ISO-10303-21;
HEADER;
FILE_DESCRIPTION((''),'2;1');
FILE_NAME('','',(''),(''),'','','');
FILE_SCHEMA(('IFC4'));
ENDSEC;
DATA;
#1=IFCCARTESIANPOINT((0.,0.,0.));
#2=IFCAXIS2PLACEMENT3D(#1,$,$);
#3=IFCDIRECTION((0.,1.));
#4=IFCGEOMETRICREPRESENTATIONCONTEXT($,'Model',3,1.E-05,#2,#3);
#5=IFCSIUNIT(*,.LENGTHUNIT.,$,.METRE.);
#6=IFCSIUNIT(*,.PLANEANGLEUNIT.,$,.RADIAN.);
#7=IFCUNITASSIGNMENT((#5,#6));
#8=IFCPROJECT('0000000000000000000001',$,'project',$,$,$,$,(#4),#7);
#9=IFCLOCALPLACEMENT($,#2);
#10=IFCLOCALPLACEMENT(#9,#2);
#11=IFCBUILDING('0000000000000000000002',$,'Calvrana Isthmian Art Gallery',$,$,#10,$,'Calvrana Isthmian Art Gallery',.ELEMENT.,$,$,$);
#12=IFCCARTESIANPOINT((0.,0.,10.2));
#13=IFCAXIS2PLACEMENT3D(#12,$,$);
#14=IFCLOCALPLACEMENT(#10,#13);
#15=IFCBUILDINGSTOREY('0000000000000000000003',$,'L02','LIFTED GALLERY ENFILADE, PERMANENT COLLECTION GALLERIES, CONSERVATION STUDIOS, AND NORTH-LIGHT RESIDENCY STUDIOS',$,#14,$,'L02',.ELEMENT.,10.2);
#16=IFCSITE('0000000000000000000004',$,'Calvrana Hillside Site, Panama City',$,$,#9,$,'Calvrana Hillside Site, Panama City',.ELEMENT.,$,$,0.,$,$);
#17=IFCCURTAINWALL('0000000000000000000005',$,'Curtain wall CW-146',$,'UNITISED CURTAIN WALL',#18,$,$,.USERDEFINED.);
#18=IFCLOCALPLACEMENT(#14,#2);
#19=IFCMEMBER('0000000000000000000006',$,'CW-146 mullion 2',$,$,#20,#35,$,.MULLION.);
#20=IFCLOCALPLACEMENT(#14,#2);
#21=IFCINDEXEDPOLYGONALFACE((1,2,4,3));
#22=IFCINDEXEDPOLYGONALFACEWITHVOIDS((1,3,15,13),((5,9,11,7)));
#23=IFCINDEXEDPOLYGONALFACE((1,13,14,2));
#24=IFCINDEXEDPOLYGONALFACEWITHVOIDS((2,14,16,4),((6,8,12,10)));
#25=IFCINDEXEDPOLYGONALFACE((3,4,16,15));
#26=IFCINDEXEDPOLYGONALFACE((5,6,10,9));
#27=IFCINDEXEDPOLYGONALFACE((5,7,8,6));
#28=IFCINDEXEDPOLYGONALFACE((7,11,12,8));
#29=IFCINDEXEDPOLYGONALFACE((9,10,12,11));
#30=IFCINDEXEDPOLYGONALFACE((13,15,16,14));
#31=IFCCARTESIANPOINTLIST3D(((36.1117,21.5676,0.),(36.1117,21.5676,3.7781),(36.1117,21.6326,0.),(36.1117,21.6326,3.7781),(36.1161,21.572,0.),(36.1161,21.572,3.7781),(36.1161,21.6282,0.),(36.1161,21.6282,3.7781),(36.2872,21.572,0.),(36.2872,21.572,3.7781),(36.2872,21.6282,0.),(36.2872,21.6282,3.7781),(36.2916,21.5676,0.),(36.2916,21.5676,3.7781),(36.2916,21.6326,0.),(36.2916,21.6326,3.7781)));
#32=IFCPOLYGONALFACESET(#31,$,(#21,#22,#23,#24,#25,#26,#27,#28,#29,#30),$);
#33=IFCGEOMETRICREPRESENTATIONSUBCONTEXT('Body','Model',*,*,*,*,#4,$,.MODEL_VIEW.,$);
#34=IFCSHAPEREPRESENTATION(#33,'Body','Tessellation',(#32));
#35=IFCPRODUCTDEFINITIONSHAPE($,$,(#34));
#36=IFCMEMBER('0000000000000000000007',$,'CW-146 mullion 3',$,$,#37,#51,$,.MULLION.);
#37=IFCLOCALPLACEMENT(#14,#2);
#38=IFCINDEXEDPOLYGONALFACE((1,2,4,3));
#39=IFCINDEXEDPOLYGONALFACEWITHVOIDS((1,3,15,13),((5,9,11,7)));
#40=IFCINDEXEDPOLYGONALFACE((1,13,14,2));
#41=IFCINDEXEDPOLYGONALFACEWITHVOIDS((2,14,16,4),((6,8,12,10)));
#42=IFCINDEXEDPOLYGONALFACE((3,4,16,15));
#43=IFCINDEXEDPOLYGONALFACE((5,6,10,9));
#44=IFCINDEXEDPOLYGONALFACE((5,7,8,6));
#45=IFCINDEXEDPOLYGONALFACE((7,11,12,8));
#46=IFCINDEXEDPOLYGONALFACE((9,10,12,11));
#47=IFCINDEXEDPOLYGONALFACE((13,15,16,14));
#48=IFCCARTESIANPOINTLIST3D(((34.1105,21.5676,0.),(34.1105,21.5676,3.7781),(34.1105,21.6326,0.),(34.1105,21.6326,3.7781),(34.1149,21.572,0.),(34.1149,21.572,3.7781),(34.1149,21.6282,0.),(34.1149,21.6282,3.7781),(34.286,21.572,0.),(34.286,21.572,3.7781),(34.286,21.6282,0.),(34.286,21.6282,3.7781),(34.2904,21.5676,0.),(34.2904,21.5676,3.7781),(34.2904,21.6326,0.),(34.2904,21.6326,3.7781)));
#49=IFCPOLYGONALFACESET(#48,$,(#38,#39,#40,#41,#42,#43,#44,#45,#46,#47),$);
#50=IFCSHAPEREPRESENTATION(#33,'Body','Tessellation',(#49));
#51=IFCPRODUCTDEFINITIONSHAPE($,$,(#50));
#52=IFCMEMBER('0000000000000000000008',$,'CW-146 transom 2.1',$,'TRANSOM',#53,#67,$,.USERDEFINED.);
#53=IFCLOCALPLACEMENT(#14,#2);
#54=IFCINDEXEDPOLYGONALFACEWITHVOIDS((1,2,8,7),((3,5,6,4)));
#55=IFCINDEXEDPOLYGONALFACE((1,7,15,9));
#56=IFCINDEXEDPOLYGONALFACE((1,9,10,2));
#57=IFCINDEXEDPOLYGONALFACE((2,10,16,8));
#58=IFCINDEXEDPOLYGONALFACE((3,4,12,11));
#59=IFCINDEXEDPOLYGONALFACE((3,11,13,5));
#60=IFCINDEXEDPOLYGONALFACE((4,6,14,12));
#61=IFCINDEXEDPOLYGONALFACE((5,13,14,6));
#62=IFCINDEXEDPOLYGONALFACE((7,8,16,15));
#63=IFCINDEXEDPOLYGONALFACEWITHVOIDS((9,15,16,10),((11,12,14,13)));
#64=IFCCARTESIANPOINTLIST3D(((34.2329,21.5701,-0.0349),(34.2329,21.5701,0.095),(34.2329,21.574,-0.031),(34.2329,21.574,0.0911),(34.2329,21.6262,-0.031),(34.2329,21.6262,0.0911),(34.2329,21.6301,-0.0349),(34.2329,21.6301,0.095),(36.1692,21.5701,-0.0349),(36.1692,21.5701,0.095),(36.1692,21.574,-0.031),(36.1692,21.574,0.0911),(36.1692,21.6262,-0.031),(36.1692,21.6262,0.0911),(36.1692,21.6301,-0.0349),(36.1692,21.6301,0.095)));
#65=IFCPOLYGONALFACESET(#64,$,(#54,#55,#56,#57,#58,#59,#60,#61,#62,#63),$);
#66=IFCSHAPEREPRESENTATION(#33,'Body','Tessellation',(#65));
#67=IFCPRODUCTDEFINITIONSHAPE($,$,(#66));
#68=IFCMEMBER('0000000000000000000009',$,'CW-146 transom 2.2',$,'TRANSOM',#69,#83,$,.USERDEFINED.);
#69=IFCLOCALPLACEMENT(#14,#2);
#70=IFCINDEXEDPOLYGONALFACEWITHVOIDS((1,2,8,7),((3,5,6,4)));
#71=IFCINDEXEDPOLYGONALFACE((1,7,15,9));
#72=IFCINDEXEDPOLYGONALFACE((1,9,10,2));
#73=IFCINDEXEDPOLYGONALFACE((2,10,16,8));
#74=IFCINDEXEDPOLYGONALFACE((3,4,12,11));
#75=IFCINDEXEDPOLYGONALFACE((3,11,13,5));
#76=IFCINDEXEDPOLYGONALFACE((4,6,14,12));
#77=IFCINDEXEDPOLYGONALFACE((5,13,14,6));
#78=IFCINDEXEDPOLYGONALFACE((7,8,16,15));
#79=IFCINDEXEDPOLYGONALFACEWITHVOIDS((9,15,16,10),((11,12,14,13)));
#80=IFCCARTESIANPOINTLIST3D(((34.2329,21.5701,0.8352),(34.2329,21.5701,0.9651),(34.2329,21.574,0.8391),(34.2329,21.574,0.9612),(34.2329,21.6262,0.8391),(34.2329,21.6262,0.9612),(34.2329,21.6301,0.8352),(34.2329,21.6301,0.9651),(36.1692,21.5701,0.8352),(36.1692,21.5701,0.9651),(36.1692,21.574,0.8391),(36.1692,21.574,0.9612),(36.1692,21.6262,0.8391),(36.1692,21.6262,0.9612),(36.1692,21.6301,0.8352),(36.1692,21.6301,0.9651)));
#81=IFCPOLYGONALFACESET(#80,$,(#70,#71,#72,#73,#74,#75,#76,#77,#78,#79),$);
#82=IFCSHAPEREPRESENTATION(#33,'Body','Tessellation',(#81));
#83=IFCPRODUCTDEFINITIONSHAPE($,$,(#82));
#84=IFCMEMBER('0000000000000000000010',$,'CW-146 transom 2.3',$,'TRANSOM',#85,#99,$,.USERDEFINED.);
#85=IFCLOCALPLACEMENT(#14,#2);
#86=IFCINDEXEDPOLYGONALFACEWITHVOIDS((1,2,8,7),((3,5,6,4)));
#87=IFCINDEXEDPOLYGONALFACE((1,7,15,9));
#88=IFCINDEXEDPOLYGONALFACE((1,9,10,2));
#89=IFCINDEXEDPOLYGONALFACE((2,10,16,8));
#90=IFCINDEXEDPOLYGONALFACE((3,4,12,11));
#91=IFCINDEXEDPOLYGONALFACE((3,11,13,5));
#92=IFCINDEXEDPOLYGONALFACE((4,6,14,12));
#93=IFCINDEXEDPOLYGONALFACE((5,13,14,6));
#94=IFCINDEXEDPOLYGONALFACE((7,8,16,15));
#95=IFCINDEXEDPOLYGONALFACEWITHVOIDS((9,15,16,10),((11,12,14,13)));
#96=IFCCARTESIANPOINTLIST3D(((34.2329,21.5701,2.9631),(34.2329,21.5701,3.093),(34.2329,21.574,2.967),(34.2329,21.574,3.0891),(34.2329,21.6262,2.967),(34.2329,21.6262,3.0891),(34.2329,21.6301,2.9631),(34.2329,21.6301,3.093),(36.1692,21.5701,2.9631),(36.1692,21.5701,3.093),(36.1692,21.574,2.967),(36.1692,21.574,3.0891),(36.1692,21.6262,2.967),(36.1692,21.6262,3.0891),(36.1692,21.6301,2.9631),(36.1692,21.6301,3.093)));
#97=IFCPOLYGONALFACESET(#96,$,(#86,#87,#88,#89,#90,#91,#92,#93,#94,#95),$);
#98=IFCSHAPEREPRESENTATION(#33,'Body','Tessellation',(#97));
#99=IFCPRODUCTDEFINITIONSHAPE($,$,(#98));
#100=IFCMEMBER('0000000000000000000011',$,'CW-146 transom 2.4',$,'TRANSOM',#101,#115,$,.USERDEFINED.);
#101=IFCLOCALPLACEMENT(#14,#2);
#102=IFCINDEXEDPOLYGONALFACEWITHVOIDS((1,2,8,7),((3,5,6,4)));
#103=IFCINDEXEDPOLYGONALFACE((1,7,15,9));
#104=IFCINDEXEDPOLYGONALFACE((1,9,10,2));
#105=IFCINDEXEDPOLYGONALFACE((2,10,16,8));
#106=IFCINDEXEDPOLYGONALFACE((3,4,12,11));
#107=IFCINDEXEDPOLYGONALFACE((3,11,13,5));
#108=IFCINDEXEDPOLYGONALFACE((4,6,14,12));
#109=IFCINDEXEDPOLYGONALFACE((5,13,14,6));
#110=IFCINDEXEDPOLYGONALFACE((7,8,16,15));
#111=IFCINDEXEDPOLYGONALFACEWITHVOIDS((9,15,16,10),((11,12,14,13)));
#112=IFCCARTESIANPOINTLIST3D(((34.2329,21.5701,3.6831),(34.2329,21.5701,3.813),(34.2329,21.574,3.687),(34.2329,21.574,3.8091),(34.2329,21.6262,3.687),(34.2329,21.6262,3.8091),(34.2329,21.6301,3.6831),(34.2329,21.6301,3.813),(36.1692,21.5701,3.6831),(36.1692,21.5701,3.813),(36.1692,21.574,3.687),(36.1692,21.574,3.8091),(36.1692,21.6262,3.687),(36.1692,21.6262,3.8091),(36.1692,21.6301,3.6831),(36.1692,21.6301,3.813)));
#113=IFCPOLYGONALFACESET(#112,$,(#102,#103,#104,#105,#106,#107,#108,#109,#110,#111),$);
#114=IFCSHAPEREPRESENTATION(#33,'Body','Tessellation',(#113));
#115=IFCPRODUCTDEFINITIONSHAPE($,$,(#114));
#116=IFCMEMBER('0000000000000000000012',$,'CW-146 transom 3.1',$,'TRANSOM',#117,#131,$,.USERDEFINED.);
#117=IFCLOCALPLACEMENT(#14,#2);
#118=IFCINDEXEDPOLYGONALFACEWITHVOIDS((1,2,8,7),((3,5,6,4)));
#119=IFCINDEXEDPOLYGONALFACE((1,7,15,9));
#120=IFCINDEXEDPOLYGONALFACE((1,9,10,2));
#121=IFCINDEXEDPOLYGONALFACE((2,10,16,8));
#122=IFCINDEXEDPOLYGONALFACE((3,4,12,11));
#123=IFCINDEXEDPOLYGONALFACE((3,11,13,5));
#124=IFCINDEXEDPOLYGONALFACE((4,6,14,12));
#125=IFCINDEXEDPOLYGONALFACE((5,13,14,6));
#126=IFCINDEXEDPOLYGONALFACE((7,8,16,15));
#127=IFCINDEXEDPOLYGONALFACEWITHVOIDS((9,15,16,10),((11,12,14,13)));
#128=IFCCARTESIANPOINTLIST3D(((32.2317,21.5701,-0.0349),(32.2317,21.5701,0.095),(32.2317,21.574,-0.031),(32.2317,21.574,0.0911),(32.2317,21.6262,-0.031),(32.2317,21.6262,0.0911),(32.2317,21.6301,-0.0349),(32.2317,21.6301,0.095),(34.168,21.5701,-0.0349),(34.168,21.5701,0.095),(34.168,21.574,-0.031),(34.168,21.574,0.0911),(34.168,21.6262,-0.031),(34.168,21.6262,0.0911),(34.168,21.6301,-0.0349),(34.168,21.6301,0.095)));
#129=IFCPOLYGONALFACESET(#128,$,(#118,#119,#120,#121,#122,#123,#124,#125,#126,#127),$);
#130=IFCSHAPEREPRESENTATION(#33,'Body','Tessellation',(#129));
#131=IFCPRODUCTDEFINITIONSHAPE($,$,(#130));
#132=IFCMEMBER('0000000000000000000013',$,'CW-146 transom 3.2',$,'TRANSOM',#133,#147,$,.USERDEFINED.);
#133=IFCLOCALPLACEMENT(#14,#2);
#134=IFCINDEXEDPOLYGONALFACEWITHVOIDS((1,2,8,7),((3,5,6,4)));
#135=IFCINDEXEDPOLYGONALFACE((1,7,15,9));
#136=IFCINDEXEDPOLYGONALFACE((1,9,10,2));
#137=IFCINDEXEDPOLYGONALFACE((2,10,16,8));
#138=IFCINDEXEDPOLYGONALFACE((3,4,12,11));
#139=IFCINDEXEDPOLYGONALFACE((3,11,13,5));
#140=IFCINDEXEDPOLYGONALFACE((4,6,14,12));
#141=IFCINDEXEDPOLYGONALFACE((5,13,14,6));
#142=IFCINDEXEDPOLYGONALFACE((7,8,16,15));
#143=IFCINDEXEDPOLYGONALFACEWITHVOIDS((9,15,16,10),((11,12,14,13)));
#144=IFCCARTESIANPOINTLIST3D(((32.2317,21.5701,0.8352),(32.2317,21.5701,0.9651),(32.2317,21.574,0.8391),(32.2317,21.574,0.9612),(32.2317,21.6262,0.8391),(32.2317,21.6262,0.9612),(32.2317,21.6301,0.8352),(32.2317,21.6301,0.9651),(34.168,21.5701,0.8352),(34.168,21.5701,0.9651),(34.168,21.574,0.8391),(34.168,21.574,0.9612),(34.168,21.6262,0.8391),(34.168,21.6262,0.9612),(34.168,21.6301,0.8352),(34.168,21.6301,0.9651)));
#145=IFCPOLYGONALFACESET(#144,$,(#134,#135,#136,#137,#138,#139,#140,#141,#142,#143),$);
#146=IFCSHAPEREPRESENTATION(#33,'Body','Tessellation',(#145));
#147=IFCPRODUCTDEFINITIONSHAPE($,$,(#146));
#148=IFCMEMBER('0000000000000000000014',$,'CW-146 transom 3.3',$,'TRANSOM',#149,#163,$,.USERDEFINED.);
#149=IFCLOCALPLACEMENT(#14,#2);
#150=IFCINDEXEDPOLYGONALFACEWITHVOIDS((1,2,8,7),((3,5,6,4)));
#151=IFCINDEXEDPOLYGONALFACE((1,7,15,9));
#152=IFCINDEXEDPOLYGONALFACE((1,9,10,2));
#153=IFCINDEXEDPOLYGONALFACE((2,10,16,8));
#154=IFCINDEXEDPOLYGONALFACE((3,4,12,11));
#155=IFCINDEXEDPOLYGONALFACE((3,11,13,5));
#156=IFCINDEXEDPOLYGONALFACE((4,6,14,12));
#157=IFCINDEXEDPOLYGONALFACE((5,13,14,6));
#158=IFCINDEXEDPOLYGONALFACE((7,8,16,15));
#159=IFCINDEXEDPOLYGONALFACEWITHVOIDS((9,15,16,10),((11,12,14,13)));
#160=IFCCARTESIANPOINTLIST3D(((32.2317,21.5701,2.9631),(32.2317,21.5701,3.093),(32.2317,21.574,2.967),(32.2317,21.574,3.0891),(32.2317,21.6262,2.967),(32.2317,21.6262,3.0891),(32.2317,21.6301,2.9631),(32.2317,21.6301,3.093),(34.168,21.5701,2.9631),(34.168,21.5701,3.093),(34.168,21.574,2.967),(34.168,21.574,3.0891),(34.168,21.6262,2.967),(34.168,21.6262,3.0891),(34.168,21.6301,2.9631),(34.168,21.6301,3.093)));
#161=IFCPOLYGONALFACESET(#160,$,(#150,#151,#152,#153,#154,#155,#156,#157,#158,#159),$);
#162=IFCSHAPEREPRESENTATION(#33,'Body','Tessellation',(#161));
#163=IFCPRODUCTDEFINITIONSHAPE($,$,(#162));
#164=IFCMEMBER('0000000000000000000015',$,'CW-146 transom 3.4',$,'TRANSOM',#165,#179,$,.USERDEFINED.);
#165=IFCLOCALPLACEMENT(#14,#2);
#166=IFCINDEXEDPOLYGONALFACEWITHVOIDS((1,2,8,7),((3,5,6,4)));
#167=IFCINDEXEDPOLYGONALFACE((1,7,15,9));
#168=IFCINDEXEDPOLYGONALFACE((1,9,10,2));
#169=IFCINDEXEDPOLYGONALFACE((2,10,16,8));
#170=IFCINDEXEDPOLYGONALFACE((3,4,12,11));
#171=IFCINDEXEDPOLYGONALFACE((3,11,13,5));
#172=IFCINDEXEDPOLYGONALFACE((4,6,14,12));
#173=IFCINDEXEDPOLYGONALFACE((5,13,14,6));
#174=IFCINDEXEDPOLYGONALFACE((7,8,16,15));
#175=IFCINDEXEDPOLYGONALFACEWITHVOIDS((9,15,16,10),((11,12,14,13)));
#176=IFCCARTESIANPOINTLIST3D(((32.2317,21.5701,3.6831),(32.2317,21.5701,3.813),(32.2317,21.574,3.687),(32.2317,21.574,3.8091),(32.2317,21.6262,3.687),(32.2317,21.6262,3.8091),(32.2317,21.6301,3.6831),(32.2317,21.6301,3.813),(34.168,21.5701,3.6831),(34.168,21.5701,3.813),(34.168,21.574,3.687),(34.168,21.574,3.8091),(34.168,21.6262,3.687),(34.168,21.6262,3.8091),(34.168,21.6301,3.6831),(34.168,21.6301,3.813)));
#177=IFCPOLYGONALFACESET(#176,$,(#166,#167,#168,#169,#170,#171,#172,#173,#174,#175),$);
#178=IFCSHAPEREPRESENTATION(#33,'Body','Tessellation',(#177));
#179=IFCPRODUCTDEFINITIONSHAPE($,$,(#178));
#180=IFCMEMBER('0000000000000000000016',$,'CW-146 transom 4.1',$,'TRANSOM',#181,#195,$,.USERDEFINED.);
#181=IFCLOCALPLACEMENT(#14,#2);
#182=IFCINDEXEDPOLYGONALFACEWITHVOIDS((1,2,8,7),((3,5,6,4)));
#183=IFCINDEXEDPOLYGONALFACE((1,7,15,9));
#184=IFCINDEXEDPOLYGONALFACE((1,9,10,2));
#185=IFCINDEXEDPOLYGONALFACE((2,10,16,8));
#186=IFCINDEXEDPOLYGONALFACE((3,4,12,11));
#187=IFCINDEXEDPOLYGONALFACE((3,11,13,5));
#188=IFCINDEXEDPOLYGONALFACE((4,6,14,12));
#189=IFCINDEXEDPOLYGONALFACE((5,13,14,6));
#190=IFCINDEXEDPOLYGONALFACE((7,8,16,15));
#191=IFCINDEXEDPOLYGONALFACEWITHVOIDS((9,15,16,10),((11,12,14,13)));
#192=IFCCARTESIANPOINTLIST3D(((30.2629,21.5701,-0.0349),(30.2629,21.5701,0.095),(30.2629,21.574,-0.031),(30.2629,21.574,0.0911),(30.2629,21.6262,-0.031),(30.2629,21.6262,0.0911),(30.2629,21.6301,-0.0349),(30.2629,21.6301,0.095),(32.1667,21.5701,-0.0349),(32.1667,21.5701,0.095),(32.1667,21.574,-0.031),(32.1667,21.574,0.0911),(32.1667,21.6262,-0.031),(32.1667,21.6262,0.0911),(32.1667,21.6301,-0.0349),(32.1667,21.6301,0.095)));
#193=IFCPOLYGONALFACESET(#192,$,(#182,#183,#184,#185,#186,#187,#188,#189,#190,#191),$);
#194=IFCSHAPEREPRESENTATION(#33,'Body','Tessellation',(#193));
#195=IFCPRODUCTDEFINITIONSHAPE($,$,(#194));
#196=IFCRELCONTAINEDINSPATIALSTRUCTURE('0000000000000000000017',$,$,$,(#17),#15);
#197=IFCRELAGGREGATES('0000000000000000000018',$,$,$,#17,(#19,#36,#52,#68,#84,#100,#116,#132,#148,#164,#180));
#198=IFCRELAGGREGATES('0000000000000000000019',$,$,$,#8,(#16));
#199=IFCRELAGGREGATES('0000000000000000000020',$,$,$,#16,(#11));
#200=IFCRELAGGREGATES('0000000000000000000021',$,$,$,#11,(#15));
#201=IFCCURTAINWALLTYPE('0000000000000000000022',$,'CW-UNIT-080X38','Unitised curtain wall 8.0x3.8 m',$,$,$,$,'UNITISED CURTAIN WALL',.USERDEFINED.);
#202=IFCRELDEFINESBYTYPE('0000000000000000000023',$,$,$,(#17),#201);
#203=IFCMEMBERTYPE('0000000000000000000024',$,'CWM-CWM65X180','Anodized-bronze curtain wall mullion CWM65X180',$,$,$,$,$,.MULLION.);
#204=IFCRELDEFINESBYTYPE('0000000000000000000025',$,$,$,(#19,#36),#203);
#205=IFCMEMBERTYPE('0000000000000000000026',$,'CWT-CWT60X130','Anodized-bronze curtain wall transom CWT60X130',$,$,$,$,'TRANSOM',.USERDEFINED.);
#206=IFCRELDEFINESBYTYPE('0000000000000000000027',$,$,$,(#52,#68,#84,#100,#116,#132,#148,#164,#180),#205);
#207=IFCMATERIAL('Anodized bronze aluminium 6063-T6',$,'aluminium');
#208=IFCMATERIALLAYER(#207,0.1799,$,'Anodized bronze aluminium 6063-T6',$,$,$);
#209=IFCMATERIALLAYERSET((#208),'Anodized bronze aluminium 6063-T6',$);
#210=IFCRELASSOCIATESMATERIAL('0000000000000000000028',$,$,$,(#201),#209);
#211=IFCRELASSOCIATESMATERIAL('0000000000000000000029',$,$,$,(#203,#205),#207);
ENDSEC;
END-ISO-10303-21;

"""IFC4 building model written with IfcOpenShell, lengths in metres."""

from ifc_helpers import new_model, si_unit, direction, frame, origin, origin_2d, place, context, subcontext, project, spatial, hollow_rectangle, extrude, material, layer, layer_set, material_profile, profile_set, type_object, element, aggregate, save


model = new_model("IFC4")

# Units and contexts
model_context = context("Model", 3, precision=1e-05, world=origin(), true_north=direction((0.0, 1.0)))
body_context = subcontext(model_context, "Body", "Model", "MODEL_VIEW")
ifc_project = project(units=[si_unit("LENGTHUNIT", "METRE"), si_unit("PLANEANGLEUNIT", "RADIAN")], contexts=[model_context])

# Site, building, storey
site_placement = place(None, origin())
site = spatial("IfcSite", under=ifc_project, at=site_placement, Name="Calvrana Hillside Site, Panama City", LongName="Calvrana Hillside Site, Panama City", CompositionType="ELEMENT", RefElevation=0.0)
building_placement = place(site_placement, origin())
building = spatial("IfcBuilding", under=site, at=building_placement, Name="Calvrana Isthmian Art Gallery", LongName="Calvrana Isthmian Art Gallery", CompositionType="ELEMENT")
storey_placement = place(building_placement, frame((0.0, 0.0, 10.2)))
storey = spatial("IfcBuildingStorey", under=building, at=storey_placement, Name="L02", Description="LIFTED GALLERY ENFILADE, PERMANENT COLLECTION GALLERIES, CONSERVATION STUDIOS, AND NORTH-LIGHT RESIDENCY STUDIOS", LongName="L02", CompositionType="ELEMENT", Elevation=10.2)

# Curtain wall, members
ifc_material_1 = material(Name="Anodized bronze aluminium 6063-T6", Category="aluminium")
ifc_layer_1 = layer(ifc_material_1, 0.1799, Name="Anodized bronze aluminium 6063-T6")
ifc_layer_set_1 = layer_set([ifc_layer_1], Name="Anodized bronze aluminium 6063-T6")
curtain_wall_type = type_object("IfcCurtainWallType", Name="CW-UNIT-080X38", Description="Unitised curtain wall 8.0x3.8 m", ElementType="UNITISED CURTAIN WALL", PredefinedType="USERDEFINED", material=ifc_layer_set_1)
curtain_wall_placement = place(storey_placement, origin())
curtain_wall = element("IfcCurtainWall", 1, at=curtain_wall_placement, inside=storey, type_object=curtain_wall_type, Name="Curtain wall CW-146", ObjectType="UNITISED CURTAIN WALL", PredefinedType="USERDEFINED")
ifc_material_profile_1 = material_profile(ifc_material_1, hollow_rectangle(XDim=0.0649, YDim=0.1799, WallThickness=0.0044, at=origin_2d()), Name="CWM65X180")
ifc_profile_set_1 = profile_set([ifc_material_profile_1], Name="Anodized bronze aluminium 6063-T6")
member_type_1 = type_object("IfcMemberType", Name="CWM-CWM65X180", Description="Anodized-bronze curtain wall mullion CWM65X180", PredefinedType="MULLION", material=ifc_profile_set_1)
member_1_placement = place(storey_placement, frame((36.2017, 21.6001, 0.0), z_axis=(0.0, 0.0, 1.0), x_axis=(0.0, -1.0, 0.0)))
member_1 = element("IfcMember", 2, at=member_1_placement, type_object=member_type_1, Name="CW-146 mullion 2", PredefinedType="MULLION", context=body_context, shape_type="SweptSolid", body=[
    extrude(hollow_rectangle(XDim=0.0649, YDim=0.1799, WallThickness=0.0044, at=origin_2d()), origin(), (0.0, 0.0, 1.0), 3.7781),
])
member_2_placement = place(storey_placement, frame((34.2004, 21.6001, 0.0), z_axis=(0.0, 0.0, 1.0), x_axis=(0.0, -1.0, 0.0)))
member_2 = element("IfcMember", 3, at=member_2_placement, type_object=member_type_1, Name="CW-146 mullion 3", PredefinedType="MULLION", context=body_context, shape_type="SweptSolid", body=[
    extrude(hollow_rectangle(XDim=0.0649, YDim=0.1799, WallThickness=0.0044, at=origin_2d()), origin(), (0.0, 0.0, 1.0), 3.7781),
])
ifc_material_profile_2 = material_profile(ifc_material_1, hollow_rectangle(XDim=0.0601, YDim=0.1299, WallThickness=0.0039, at=origin_2d()), Name="CWT60X130")
ifc_profile_set_2 = profile_set([ifc_material_profile_2], Name="Anodized bronze aluminium 6063-T6")
member_type_2 = type_object("IfcMemberType", Name="CWT-CWT60X130", Description="Anodized-bronze curtain wall transom CWT60X130", ElementType="TRANSOM", PredefinedType="USERDEFINED", material=ifc_profile_set_2)
member_3_placement = place(storey_placement, frame((36.1692, 21.6001, 0.03), z_axis=(-1.0, 0.0, 0.0), x_axis=(0.0, -1.0, 0.0)))
member_3 = element("IfcMember", 4, at=member_3_placement, type_object=member_type_2, Name="CW-146 transom 2.1", ObjectType="TRANSOM", PredefinedType="USERDEFINED", context=body_context, shape_type="SweptSolid", body=[
    extrude(hollow_rectangle(XDim=0.0601, YDim=0.1299, WallThickness=0.0039, at=origin_2d()), origin(), (0.0, 0.0, 1.0), 1.9363),
])
member_4_placement = place(storey_placement, frame((36.1692, 21.6001, 0.9001), z_axis=(-1.0, 0.0, 0.0), x_axis=(0.0, -1.0, 0.0)))
member_4 = element("IfcMember", 5, at=member_4_placement, type_object=member_type_2, Name="CW-146 transom 2.2", ObjectType="TRANSOM", PredefinedType="USERDEFINED", context=body_context, shape_type="SweptSolid", body=[
    extrude(hollow_rectangle(XDim=0.0601, YDim=0.1299, WallThickness=0.0039, at=origin_2d()), origin(), (0.0, 0.0, 1.0), 1.9363),
])
member_5_placement = place(storey_placement, frame((36.1692, 21.6001, 3.0281), z_axis=(-1.0, 0.0, 0.0), x_axis=(0.0, -1.0, 0.0)))
member_5 = element("IfcMember", 6, at=member_5_placement, type_object=member_type_2, Name="CW-146 transom 2.3", ObjectType="TRANSOM", PredefinedType="USERDEFINED", context=body_context, shape_type="SweptSolid", body=[
    extrude(hollow_rectangle(XDim=0.0601, YDim=0.1299, WallThickness=0.0039, at=origin_2d()), origin(), (0.0, 0.0, 1.0), 1.9363),
])
member_6_placement = place(storey_placement, frame((36.1692, 21.6001, 3.748), z_axis=(-1.0, 0.0, 0.0), x_axis=(0.0, -1.0, 0.0)))
member_6 = element("IfcMember", 7, at=member_6_placement, type_object=member_type_2, Name="CW-146 transom 2.4", ObjectType="TRANSOM", PredefinedType="USERDEFINED", context=body_context, shape_type="SweptSolid", body=[
    extrude(hollow_rectangle(XDim=0.0601, YDim=0.1299, WallThickness=0.0039, at=origin_2d()), origin(), (0.0, 0.0, 1.0), 1.9363),
])
member_7_placement = place(storey_placement, frame((34.168, 21.6001, 0.03), z_axis=(-1.0, 0.0, 0.0), x_axis=(0.0, -1.0, 0.0)))
member_7 = element("IfcMember", 8, at=member_7_placement, type_object=member_type_2, Name="CW-146 transom 3.1", ObjectType="TRANSOM", PredefinedType="USERDEFINED", context=body_context, shape_type="SweptSolid", body=[
    extrude(hollow_rectangle(XDim=0.0601, YDim=0.1299, WallThickness=0.0039, at=origin_2d()), origin(), (0.0, 0.0, 1.0), 1.9363),
])
member_8_placement = place(storey_placement, frame((34.168, 21.6001, 0.9001), z_axis=(-1.0, 0.0, 0.0), x_axis=(0.0, -1.0, 0.0)))
member_8 = element("IfcMember", 9, at=member_8_placement, type_object=member_type_2, Name="CW-146 transom 3.2", ObjectType="TRANSOM", PredefinedType="USERDEFINED", context=body_context, shape_type="SweptSolid", body=[
    extrude(hollow_rectangle(XDim=0.0601, YDim=0.1299, WallThickness=0.0039, at=origin_2d()), origin(), (0.0, 0.0, 1.0), 1.9363),
])
member_9_placement = place(storey_placement, frame((34.168, 21.6001, 3.0281), z_axis=(-1.0, 0.0, 0.0), x_axis=(0.0, -1.0, 0.0)))
member_9 = element("IfcMember", 10, at=member_9_placement, type_object=member_type_2, Name="CW-146 transom 3.3", ObjectType="TRANSOM", PredefinedType="USERDEFINED", context=body_context, shape_type="SweptSolid", body=[
    extrude(hollow_rectangle(XDim=0.0601, YDim=0.1299, WallThickness=0.0039, at=origin_2d()), origin(), (0.0, 0.0, 1.0), 1.9363),
])
member_10_placement = place(storey_placement, frame((34.168, 21.6001, 3.748), z_axis=(-1.0, 0.0, 0.0), x_axis=(0.0, -1.0, 0.0)))
member_10 = element("IfcMember", 11, at=member_10_placement, type_object=member_type_2, Name="CW-146 transom 3.4", ObjectType="TRANSOM", PredefinedType="USERDEFINED", context=body_context, shape_type="SweptSolid", body=[
    extrude(hollow_rectangle(XDim=0.0601, YDim=0.1299, WallThickness=0.0039, at=origin_2d()), origin(), (0.0, 0.0, 1.0), 1.9363),
])
member_11_placement = place(storey_placement, frame((32.1667, 21.6001, 0.03), z_axis=(-1.0, 0.0, 0.0), x_axis=(0.0, -1.0, 0.0)))
member_11 = element("IfcMember", 12, at=member_11_placement, type_object=member_type_2, Name="CW-146 transom 4.1", ObjectType="TRANSOM", PredefinedType="USERDEFINED", context=body_context, shape_type="SweptSolid", body=[
    extrude(hollow_rectangle(XDim=0.0601, YDim=0.1299, WallThickness=0.0039, at=origin_2d()), origin(), (0.0, 0.0, 1.0), 1.9038),
])
aggregate(curtain_wall, [member_1, member_2, member_3, member_4, member_5, member_6, member_7, member_8, member_9, member_10, member_11])

save(model, "model.ifc")
